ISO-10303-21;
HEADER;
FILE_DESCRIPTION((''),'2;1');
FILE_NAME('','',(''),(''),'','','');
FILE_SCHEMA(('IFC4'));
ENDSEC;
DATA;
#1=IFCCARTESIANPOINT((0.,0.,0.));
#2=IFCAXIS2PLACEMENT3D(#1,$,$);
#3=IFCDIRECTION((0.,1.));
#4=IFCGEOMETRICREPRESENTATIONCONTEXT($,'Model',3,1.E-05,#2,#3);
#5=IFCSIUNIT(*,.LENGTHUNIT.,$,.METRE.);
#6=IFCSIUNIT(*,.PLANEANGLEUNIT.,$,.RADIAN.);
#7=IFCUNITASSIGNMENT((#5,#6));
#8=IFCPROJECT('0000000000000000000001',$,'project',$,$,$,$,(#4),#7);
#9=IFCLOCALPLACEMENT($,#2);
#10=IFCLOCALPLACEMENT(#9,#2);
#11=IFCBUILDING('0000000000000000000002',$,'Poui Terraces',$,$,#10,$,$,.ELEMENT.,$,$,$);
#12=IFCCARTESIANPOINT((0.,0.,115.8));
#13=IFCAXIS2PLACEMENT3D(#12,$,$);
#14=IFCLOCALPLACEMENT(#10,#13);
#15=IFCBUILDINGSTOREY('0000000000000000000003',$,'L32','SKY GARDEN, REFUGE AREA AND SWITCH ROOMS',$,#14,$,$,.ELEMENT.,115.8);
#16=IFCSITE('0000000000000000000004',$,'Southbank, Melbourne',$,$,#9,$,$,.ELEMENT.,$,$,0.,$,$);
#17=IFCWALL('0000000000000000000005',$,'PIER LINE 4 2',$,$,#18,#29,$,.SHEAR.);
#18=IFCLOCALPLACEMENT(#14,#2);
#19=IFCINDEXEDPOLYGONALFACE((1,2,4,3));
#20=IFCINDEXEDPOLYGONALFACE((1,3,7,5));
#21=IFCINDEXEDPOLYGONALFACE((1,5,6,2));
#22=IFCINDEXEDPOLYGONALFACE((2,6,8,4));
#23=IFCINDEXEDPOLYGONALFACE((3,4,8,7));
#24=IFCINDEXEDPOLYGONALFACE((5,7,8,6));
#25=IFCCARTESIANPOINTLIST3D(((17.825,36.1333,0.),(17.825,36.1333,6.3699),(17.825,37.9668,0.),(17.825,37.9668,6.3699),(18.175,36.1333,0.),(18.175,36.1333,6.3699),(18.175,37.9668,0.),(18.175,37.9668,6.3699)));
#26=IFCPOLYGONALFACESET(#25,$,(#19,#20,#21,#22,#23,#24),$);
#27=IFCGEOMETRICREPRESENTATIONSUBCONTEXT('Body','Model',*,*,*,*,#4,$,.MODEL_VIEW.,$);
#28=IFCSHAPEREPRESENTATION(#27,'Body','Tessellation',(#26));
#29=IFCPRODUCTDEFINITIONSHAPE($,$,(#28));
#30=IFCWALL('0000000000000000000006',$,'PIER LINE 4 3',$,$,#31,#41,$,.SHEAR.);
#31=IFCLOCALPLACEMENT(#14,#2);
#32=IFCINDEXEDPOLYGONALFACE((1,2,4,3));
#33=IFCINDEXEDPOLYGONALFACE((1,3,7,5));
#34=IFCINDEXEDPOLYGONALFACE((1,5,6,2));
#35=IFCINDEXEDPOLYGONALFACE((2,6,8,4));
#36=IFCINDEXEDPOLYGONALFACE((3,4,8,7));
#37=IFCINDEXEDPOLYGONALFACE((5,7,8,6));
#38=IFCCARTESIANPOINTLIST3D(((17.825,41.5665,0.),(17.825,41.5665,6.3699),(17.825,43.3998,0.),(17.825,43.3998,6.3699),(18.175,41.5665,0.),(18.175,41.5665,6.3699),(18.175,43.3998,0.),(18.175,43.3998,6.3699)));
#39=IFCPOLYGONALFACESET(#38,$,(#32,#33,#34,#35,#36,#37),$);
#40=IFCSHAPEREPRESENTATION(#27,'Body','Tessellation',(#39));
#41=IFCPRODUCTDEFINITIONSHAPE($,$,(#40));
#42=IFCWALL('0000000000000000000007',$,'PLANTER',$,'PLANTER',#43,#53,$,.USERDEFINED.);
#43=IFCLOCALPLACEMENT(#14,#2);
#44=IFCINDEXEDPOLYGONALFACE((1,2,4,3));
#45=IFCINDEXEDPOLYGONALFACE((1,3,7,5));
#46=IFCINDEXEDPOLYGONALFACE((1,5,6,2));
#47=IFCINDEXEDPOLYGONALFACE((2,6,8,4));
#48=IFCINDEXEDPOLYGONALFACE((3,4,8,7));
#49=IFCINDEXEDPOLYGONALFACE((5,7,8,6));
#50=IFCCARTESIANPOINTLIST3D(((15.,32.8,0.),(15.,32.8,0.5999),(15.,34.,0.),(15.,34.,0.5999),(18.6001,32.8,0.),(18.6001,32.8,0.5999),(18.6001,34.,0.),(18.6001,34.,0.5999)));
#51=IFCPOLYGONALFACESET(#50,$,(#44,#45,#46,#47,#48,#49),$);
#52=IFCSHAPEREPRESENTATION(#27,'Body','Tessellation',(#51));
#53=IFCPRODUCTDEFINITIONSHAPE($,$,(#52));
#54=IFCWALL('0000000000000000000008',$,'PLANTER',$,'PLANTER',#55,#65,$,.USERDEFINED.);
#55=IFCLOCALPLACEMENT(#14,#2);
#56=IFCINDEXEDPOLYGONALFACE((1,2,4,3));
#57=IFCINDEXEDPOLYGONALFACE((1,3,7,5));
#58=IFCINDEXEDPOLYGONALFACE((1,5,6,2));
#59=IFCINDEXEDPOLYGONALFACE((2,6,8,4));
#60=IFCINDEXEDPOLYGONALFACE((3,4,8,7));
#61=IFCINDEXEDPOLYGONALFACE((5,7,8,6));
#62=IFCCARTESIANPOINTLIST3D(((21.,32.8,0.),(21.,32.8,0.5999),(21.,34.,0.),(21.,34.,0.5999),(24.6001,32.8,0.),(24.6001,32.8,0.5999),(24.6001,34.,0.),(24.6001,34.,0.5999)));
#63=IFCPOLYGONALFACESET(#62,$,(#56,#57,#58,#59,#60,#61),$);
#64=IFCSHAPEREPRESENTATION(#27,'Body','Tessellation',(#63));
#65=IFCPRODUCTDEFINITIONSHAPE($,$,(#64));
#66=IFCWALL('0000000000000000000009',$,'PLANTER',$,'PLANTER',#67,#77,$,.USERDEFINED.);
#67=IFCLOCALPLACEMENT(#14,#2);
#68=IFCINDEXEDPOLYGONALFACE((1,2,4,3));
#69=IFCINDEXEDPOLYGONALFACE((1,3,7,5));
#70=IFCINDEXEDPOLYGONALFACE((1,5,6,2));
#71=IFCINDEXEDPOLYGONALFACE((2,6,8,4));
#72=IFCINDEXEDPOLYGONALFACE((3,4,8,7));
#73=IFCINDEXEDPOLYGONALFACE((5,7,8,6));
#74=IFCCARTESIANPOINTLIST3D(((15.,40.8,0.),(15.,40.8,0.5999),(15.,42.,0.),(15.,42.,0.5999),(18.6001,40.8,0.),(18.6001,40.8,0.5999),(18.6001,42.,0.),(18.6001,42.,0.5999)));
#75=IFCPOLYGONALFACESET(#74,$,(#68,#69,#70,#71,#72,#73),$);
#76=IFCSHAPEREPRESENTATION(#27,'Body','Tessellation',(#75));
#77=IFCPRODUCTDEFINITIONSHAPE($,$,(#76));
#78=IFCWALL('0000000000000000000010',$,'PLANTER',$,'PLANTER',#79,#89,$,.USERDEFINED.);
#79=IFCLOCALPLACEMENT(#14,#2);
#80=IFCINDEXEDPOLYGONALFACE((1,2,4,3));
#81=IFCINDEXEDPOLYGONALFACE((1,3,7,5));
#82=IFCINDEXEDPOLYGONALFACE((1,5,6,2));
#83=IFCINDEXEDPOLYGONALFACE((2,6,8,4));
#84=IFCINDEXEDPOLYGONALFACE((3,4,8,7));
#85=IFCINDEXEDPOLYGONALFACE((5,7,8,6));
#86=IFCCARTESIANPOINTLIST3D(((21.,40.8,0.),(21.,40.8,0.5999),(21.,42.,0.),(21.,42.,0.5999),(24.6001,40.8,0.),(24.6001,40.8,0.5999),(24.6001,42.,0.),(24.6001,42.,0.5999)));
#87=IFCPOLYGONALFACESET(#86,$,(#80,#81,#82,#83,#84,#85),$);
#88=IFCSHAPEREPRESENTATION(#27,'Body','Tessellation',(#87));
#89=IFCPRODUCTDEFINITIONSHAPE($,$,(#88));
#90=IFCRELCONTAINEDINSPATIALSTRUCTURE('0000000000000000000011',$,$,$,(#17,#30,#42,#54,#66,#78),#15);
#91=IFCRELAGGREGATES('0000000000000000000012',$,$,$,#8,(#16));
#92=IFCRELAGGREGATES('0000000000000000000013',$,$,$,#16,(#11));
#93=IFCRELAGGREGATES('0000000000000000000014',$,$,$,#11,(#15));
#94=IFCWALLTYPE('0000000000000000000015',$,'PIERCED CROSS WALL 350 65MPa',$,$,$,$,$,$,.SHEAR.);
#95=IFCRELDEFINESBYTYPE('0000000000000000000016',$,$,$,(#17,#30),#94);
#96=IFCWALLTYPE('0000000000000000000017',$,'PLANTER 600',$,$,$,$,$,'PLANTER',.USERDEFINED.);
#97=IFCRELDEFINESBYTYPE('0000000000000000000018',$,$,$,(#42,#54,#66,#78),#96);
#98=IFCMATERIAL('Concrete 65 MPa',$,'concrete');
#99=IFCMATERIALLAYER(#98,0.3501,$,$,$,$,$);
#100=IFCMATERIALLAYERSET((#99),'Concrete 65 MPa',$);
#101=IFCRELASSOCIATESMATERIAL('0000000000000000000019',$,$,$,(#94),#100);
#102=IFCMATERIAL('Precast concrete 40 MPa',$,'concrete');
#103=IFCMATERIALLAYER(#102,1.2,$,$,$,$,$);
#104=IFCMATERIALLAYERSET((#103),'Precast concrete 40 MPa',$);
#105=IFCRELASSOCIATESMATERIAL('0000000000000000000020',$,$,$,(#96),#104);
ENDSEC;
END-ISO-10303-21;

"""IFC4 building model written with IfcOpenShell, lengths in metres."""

from ifc_helpers import new_model, si_unit, direction, frame, frame_2d, origin, place, context, subcontext, project, spatial, polyline, rectangle, outline, extrude, source, transform, mapped, material, layer, layer_set, type_object, element, save


model = new_model("IFC4")

# Units and contexts
model_context = context("Model", 3, precision=1e-05, world=origin(), true_north=direction((0.0, 1.0)))
body_context = subcontext(model_context, "Body", "Model", "MODEL_VIEW")
ifc_project = project(units=[si_unit("LENGTHUNIT", "METRE"), si_unit("PLANEANGLEUNIT", "RADIAN")], contexts=[model_context])

# Site, building, storey
site_placement = place(None, origin())
site = spatial("IfcSite", under=ifc_project, at=site_placement, Name="Southbank, Melbourne", CompositionType="ELEMENT", RefElevation=0.0)
building_placement = place(site_placement, origin())
building = spatial("IfcBuilding", under=site, at=building_placement, Name="Poui Terraces", CompositionType="ELEMENT")
storey_placement = place(building_placement, frame((0.0, 0.0, 115.8)))
storey = spatial("IfcBuildingStorey", under=building, at=storey_placement, Name="L32", Description="SKY GARDEN, REFUGE AREA AND SWITCH ROOMS", CompositionType="ELEMENT", Elevation=115.8)

# Shared definitions
ifc_material_1 = material(Name="Concrete 65 MPa", Category="concrete")

# Walls
ifc_layer_1 = layer(ifc_material_1, 0.3501)
ifc_layer_set_1 = layer_set([ifc_layer_1], Name="Concrete 65 MPa")
wall_type_1 = type_object("IfcWallType", Name="PIERCED CROSS WALL 350 65MPa", PredefinedType="SHEAR", material=ifc_layer_set_1)
wall_1_placement = place(storey_placement, frame((18.0, 36.1333, 0.0), z_axis=(0.0, 0.0, 1.0), x_axis=(0.0, 1.0, 0.0)))
element("IfcWall", 1, at=wall_1_placement, inside=storey, type_object=wall_type_1, Name="PIER LINE 4 2", PredefinedType="SHEAR", context=body_context, shape_type="SweptSolid", body=[
    extrude(rectangle(XDim=1.8335, YDim=0.3501, at=frame_2d((0.9167, 0.0))), origin(), (0.0, 0.0, 1.0), 6.3699),
])
wall_2_placement = place(storey_placement, frame((18.0, 41.5667, 0.0), z_axis=(0.0, 0.0, 1.0), x_axis=(0.0, 1.0, 0.0)))
element("IfcWall", 2, at=wall_2_placement, inside=storey, type_object=wall_type_1, Name="PIER LINE 4 3", PredefinedType="SHEAR", context=body_context, shape_type="SweptSolid", body=[
    extrude(rectangle(XDim=1.8333, YDim=0.3501, at=frame_2d((0.9165, 0.0))), origin(), (0.0, 0.0, 1.0), 6.3699),
])
ifc_material_2 = material(Name="Precast concrete 40 MPa", Category="concrete")
ifc_layer_2 = layer(ifc_material_2, 1.2)
ifc_layer_set_2 = layer_set([ifc_layer_2], Name="Precast concrete 40 MPa")
wall_type_2 = type_object("IfcWallType", Name="PLANTER 600", ElementType="PLANTER", PredefinedType="USERDEFINED", material=ifc_layer_set_2)
shared_shape_1 = source(origin(), body_context, "Body", "SweptSolid", [
    extrude(outline(polyline([(0.0, 0.0), (3.6001, 0.0), (3.6001, 1.2), (0.0, 1.2), (0.0, 0.0)])), origin(), (0.0, 0.0, 1.0), 0.5999),
])
for number, where, name in (
    (3, (15.0, 32.8, 0.0), "PLANTER"),
    (4, (21.0, 32.8, 0.0), "PLANTER"),
    (5, (15.0, 40.8, 0.0), "PLANTER"),
    (6, (21.0, 40.8, 0.0), "PLANTER"),
):
    element("IfcWall", number, at=place(storey_placement, frame(where)), inside=storey, type_object=wall_type_2, Name=name, ObjectType="PLANTER", PredefinedType="USERDEFINED", context=body_context, shape_type="MappedRepresentation", body=[
        mapped(shared_shape_1, transform((0.0, 0.0, 0.0))),
    ])

save(model, "model.ifc")
